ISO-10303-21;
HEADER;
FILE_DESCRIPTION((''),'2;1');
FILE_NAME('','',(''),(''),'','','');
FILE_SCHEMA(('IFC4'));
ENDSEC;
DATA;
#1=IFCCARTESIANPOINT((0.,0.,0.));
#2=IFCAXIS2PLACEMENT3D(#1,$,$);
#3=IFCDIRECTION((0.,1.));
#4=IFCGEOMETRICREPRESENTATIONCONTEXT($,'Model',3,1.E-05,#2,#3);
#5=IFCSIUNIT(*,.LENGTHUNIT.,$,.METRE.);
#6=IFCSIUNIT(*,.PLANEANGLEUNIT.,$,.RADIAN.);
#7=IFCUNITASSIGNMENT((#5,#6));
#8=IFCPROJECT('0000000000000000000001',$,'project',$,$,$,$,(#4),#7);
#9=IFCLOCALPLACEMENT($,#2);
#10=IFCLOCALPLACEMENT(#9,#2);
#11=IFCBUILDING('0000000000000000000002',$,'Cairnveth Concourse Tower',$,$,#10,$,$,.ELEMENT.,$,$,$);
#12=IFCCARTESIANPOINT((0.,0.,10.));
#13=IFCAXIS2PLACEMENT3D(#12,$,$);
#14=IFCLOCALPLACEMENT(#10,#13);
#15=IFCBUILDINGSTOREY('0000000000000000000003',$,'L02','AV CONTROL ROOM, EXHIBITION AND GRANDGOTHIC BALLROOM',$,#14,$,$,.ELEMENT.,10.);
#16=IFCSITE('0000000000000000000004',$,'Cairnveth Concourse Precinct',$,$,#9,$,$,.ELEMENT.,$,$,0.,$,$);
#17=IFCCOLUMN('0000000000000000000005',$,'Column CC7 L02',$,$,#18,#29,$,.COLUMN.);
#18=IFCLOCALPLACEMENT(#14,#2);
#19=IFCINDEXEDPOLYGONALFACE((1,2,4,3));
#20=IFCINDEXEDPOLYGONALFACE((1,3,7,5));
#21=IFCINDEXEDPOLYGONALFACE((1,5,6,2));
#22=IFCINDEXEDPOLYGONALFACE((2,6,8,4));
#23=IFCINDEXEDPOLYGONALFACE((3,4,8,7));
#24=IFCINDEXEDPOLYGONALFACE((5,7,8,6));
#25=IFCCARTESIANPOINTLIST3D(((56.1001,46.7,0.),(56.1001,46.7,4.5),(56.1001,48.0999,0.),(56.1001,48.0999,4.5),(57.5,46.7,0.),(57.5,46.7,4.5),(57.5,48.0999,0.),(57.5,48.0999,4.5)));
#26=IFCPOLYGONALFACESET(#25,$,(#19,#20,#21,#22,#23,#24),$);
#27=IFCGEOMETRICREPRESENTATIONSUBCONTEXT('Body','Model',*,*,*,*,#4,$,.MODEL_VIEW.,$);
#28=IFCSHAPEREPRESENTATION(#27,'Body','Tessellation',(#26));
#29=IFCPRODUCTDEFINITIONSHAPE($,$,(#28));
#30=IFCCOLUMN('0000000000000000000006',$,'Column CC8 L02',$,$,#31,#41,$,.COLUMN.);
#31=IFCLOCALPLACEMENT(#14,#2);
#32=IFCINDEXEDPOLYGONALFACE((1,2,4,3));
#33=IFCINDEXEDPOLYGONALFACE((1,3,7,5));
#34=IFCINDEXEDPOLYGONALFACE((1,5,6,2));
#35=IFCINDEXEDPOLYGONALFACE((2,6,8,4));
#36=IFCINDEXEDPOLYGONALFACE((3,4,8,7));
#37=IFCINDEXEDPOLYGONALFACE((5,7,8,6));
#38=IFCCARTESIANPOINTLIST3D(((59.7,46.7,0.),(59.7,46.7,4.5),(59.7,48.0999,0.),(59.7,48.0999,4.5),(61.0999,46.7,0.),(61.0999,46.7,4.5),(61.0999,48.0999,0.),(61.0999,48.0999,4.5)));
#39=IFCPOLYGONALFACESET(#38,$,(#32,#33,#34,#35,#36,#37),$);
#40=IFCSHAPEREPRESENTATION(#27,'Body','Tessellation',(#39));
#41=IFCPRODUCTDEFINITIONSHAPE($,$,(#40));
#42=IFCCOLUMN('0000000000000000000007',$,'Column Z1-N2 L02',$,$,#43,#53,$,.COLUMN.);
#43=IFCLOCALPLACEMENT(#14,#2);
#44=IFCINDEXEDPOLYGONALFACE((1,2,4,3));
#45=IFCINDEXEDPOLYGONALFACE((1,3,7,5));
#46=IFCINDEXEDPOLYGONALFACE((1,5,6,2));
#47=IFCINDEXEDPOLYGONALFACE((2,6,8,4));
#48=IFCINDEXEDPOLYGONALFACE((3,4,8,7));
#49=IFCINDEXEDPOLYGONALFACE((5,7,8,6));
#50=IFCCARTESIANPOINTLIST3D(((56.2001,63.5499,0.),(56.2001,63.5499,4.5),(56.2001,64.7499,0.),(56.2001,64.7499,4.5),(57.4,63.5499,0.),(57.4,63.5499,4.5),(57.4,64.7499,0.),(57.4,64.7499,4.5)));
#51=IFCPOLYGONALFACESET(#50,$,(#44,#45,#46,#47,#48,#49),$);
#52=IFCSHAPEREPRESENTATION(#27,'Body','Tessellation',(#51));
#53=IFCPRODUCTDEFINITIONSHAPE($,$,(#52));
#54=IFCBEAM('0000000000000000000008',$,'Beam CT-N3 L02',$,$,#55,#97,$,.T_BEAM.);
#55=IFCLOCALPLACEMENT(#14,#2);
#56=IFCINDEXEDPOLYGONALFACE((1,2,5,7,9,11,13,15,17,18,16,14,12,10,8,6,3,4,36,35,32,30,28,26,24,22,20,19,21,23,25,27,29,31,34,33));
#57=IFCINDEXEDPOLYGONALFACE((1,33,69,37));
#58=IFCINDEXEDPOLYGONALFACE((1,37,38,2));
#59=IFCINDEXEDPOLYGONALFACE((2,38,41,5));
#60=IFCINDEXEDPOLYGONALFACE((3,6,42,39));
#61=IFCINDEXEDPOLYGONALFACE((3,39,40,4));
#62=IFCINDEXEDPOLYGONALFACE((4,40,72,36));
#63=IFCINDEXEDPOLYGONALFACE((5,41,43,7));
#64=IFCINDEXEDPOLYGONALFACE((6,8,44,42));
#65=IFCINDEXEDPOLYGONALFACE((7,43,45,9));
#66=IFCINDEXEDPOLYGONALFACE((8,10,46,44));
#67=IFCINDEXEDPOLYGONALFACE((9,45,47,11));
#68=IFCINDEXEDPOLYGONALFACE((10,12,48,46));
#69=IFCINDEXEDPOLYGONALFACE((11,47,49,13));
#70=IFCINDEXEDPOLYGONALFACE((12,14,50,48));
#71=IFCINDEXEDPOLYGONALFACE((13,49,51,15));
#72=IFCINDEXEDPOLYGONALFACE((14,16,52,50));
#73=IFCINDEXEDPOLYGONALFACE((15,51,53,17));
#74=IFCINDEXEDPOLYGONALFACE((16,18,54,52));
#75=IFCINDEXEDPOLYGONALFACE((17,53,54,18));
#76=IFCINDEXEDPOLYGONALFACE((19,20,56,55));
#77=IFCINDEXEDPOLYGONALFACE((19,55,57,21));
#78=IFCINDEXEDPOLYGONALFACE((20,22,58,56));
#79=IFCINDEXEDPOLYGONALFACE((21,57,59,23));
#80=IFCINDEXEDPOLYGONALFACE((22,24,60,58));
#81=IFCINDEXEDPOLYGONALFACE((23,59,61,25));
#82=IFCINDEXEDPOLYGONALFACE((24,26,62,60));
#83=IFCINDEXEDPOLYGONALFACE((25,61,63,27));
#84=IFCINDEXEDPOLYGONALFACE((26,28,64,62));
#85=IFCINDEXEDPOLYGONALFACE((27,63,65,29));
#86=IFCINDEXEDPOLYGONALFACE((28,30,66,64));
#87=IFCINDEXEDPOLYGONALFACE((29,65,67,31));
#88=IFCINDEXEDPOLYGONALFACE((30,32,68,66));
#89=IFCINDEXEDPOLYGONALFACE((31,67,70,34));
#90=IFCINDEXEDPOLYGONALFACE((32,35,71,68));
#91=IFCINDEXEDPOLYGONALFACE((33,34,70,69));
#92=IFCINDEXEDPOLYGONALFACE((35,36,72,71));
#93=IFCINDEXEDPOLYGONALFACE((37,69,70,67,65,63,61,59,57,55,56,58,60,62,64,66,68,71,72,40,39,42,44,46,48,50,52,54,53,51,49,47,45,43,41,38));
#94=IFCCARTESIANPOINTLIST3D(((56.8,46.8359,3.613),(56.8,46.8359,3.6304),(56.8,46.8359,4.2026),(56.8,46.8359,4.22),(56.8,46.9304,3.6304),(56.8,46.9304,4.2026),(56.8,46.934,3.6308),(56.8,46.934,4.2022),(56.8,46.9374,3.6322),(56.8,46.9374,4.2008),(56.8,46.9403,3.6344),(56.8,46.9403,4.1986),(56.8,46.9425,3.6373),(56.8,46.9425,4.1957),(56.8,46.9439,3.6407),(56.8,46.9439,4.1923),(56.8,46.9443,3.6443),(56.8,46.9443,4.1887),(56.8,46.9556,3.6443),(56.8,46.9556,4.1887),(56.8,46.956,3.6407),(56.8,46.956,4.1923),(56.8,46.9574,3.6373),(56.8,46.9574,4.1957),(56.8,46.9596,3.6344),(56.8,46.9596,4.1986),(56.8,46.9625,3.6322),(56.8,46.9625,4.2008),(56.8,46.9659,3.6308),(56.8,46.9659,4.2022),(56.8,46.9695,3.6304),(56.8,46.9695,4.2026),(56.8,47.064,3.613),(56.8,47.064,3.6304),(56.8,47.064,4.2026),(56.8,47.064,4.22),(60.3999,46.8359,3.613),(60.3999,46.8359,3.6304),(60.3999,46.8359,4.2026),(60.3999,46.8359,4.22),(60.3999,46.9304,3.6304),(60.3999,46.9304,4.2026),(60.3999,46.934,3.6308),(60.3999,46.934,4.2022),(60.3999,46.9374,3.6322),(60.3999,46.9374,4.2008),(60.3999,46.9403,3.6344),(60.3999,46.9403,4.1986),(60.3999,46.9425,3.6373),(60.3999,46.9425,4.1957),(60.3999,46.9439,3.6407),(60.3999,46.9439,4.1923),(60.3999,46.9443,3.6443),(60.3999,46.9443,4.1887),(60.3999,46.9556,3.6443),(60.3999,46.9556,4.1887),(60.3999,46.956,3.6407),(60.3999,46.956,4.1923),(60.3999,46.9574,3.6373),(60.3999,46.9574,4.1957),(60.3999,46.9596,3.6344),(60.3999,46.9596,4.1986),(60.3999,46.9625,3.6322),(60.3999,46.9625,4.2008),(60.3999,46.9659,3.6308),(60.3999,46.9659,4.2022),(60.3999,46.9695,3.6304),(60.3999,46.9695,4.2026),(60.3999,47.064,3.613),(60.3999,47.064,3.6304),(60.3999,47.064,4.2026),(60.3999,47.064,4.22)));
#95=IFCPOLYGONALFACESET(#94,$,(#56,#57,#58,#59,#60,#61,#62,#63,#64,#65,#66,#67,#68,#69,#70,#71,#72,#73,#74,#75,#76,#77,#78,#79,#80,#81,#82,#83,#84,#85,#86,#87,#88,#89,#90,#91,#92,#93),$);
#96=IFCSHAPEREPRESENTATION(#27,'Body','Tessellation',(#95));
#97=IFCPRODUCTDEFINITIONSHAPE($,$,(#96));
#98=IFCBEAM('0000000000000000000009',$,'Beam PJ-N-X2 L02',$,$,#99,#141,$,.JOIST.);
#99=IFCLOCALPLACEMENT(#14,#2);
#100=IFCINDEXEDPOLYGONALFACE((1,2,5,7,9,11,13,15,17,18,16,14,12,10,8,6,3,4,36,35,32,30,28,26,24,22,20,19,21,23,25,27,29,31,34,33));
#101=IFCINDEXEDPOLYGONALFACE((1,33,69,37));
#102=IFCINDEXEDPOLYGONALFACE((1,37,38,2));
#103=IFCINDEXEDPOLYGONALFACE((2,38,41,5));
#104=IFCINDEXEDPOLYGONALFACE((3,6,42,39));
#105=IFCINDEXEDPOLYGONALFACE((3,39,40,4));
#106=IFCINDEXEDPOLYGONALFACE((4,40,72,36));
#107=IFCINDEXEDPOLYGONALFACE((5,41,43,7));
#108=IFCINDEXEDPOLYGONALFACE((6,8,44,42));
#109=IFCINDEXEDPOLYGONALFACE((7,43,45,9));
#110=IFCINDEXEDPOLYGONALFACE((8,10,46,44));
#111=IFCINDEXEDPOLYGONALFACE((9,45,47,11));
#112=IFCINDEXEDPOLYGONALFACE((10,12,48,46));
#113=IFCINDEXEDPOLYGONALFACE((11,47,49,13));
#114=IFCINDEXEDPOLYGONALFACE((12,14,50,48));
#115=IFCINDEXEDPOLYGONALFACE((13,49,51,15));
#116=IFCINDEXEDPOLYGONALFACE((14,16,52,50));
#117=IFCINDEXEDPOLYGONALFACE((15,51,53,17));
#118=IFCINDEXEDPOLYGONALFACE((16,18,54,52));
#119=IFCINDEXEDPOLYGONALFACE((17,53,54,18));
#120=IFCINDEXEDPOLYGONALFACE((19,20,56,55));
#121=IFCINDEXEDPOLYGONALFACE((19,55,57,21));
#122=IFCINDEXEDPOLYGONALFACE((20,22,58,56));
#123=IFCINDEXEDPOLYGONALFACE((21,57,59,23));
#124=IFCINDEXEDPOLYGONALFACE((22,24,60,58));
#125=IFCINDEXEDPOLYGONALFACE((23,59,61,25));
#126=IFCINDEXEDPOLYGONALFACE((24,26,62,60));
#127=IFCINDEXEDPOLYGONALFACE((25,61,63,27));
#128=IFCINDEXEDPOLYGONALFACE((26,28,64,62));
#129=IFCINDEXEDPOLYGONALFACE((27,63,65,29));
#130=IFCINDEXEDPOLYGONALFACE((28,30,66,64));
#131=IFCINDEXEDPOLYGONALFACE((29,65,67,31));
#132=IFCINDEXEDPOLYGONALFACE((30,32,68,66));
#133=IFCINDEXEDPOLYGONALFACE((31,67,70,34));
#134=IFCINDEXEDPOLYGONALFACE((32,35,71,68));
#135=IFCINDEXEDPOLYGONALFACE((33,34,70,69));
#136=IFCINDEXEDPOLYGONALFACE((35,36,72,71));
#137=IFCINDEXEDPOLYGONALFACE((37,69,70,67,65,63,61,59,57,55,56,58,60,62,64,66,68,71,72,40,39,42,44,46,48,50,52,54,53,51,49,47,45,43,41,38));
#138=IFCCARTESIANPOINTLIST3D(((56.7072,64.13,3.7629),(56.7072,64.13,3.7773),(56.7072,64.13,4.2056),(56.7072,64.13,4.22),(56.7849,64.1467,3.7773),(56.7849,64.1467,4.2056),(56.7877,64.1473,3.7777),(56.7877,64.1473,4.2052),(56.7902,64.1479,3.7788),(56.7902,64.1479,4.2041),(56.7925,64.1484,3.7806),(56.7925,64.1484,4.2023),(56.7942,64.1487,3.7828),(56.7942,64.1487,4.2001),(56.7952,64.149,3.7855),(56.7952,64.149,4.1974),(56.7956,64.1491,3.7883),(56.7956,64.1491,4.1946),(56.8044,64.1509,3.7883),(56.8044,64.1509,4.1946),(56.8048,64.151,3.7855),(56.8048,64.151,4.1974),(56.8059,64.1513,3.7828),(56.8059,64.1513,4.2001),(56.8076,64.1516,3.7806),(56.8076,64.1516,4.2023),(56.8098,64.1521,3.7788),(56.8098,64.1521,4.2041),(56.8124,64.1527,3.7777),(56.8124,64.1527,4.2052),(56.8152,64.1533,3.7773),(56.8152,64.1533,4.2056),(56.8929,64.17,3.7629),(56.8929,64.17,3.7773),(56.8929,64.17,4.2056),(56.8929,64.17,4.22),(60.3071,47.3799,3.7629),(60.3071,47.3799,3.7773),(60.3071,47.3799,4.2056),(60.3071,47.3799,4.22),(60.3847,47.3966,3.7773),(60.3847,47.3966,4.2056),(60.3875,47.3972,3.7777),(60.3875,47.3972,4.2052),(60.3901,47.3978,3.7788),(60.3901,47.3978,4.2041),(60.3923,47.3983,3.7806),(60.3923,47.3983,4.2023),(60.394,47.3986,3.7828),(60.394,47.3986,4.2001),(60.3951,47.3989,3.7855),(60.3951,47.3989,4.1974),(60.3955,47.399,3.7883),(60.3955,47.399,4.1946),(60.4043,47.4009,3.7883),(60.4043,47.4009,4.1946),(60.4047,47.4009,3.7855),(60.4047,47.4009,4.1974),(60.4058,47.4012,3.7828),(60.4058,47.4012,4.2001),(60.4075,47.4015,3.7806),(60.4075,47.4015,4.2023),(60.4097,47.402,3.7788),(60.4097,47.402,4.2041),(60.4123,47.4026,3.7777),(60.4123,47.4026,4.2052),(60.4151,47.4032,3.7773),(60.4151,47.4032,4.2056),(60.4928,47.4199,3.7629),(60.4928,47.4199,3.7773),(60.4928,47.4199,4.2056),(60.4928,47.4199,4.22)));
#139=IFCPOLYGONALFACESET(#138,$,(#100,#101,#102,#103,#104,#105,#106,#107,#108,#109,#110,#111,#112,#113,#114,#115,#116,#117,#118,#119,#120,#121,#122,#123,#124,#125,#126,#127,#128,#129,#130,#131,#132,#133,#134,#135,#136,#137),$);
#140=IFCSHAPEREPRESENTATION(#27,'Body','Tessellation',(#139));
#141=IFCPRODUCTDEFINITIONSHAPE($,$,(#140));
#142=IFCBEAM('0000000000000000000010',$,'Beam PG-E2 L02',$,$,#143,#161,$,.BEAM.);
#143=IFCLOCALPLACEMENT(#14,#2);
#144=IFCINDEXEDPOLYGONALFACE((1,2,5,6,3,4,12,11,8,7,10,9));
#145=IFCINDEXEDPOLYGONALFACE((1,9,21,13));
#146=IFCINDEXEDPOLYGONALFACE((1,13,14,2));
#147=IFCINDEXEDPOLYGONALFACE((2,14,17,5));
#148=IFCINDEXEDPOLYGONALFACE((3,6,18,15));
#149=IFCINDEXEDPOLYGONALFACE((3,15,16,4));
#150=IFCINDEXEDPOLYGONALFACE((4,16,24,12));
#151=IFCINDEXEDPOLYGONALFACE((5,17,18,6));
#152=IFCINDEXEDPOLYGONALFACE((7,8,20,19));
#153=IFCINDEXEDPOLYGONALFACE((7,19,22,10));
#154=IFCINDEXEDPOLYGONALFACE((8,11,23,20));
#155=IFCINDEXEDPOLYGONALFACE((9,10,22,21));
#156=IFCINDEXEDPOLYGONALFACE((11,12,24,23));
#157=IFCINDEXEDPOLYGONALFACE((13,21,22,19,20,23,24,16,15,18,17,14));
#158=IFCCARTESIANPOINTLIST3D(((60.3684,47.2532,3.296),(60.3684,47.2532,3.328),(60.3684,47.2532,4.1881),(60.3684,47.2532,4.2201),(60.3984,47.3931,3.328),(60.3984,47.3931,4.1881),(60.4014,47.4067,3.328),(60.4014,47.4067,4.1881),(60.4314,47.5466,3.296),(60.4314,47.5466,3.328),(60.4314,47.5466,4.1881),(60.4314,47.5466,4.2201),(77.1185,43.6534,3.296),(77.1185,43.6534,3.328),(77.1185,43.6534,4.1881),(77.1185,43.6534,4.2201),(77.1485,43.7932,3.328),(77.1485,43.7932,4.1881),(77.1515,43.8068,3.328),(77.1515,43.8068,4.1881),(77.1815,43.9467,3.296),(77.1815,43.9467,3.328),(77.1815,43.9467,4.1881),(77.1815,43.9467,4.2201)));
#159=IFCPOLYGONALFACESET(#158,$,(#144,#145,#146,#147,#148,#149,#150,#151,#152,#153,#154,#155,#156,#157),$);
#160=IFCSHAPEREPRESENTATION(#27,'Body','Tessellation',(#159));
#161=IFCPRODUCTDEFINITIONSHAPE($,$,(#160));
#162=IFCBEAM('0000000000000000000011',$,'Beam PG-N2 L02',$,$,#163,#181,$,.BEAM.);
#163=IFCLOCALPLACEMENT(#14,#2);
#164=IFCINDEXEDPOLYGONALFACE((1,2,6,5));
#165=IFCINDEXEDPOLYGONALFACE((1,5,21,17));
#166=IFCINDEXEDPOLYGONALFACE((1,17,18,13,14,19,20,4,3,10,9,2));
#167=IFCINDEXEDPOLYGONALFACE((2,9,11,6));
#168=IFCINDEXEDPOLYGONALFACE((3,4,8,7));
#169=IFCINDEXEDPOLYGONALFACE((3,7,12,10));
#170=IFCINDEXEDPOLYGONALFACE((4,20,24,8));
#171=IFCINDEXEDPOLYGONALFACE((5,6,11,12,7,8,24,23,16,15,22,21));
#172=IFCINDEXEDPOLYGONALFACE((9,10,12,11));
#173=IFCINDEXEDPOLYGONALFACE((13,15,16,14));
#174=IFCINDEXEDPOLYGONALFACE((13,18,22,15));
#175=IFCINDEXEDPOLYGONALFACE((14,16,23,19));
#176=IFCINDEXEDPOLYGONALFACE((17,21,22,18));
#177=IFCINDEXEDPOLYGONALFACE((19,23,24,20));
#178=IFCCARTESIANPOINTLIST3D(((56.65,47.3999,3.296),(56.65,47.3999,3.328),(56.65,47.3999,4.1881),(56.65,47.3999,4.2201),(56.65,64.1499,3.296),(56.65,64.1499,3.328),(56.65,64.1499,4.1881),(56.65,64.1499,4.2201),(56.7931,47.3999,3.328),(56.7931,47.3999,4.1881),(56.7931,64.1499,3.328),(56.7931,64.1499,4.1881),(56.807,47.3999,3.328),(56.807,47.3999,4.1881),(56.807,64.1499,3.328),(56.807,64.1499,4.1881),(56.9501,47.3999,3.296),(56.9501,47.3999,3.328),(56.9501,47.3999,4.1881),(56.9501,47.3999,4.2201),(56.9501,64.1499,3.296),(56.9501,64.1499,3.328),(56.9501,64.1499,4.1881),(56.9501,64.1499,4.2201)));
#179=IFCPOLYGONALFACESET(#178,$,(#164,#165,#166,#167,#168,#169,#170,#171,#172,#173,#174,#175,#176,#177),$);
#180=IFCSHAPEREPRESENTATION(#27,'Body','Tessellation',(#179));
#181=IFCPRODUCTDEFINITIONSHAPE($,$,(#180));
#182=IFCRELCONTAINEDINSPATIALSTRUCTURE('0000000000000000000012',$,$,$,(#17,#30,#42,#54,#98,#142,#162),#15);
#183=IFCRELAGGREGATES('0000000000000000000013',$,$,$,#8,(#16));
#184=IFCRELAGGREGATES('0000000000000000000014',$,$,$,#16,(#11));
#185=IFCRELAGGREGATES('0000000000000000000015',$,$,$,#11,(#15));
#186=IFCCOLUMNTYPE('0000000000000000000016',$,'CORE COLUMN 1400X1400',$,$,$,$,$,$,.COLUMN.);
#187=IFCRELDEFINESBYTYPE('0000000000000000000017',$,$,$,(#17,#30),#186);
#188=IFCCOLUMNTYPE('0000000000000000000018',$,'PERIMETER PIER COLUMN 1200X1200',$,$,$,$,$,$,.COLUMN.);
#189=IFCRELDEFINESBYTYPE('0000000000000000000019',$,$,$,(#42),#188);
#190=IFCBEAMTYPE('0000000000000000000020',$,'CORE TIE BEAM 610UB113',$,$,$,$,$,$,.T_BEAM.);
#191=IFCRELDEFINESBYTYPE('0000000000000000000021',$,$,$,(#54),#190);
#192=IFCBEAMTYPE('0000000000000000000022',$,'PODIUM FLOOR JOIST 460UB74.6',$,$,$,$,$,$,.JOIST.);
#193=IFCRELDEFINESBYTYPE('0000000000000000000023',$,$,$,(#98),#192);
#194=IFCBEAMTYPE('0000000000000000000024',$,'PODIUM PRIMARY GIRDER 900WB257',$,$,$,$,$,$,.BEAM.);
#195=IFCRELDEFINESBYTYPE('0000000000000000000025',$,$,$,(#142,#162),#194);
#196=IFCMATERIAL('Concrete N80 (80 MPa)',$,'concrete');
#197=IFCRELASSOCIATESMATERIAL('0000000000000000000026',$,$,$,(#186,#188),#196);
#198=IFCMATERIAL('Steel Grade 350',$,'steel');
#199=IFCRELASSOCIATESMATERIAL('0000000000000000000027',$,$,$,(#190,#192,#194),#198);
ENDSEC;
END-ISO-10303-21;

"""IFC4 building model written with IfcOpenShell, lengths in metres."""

from ifc_helpers import new_model, si_unit, direction, frame, origin, origin_2d, place, context, subcontext, project, spatial, rectangle, i_section, extrude, material, material_profile, profile_set, type_object, element, save


model = new_model("IFC4")

# Units and contexts
model_context = context("Model", 3, precision=1e-05, world=origin(), true_north=direction((0.0, 1.0)))
body_context = subcontext(model_context, "Body", "Model", "MODEL_VIEW")
ifc_project = project(units=[si_unit("LENGTHUNIT", "METRE"), si_unit("PLANEANGLEUNIT", "RADIAN")], contexts=[model_context])

# Site, building, storey
site_placement = place(None, origin())
site = spatial("IfcSite", under=ifc_project, at=site_placement, Name="Cairnveth Concourse Precinct", CompositionType="ELEMENT", RefElevation=0.0)
building_placement = place(site_placement, origin())
building = spatial("IfcBuilding", under=site, at=building_placement, Name="Cairnveth Concourse Tower", CompositionType="ELEMENT")
storey_placement = place(building_placement, frame((0.0, 0.0, 10.0)))
storey = spatial("IfcBuildingStorey", under=building, at=storey_placement, Name="L02", Description="AV CONTROL ROOM, EXHIBITION AND GRANDGOTHIC BALLROOM", CompositionType="ELEMENT", Elevation=10.0)

# Columns
ifc_material_1 = material(Name="Concrete N80 (80 MPa)", Category="concrete")
ifc_material_profile_1 = material_profile(ifc_material_1, rectangle(XDim=1.3999, YDim=1.3999, at=origin_2d()), Name="RC-COL-1400x1400")
ifc_profile_set_1 = profile_set([ifc_material_profile_1], Name="Concrete N80 (80 MPa)")
column_type_1 = type_object("IfcColumnType", Name="CORE COLUMN 1400X1400", PredefinedType="COLUMN", material=ifc_profile_set_1)
for number, where, z_axis, x_axis, name in (
    (1, (56.8, 47.3999, 0.0), (0.0, 0.0, 1.0), (1.0, 0.0, 0.0), "Column CC7 L02"),
    (2, (60.3999, 47.3999, 0.0), (0.0, 0.0, 1.0), (1.0, 0.0, 0.0), "Column CC8 L02"),
):
    element("IfcColumn", number, at=place(storey_placement, frame(where, z_axis=z_axis, x_axis=x_axis)), inside=storey, type_object=column_type_1, Name=name, PredefinedType="COLUMN", context=body_context, shape_type="SweptSolid", body=[
        extrude(rectangle(XDim=1.3999, YDim=1.3999, at=origin_2d()), origin(), (0.0, 0.0, 1.0), 4.5),
    ])
ifc_material_profile_2 = material_profile(ifc_material_1, rectangle(XDim=1.2, YDim=1.2, at=origin_2d()), Name="RC-COL-1200x1200")
ifc_profile_set_2 = profile_set([ifc_material_profile_2], Name="Concrete N80 (80 MPa)")
column_type_2 = type_object("IfcColumnType", Name="PERIMETER PIER COLUMN 1200X1200", PredefinedType="COLUMN", material=ifc_profile_set_2)
column_placement = place(storey_placement, frame((56.8, 64.1499, 0.0), z_axis=(0.0, 0.0, 1.0), x_axis=(1.0, 0.0, 0.0)))
element("IfcColumn", 3, at=column_placement, inside=storey, type_object=column_type_2, Name="Column Z1-N2 L02", PredefinedType="COLUMN", context=body_context, shape_type="SweptSolid", body=[
    extrude(rectangle(XDim=1.2, YDim=1.2, at=origin_2d()), origin(), (0.0, 0.0, 1.0), 4.5),
])

# Beams
ifc_material_2 = material(Name="Steel Grade 350", Category="steel")
ifc_material_profile_3 = material_profile(ifc_material_2, i_section(OverallWidth=0.228, OverallDepth=0.6069, WebThickness=0.0112, FlangeThickness=0.0173, FilletRadius=0.0139, at=origin_2d()), Name="610UB113")
ifc_profile_set_3 = profile_set([ifc_material_profile_3], Name="Steel Grade 350")
beam_type_1 = type_object("IfcBeamType", Name="CORE TIE BEAM 610UB113", PredefinedType="T_BEAM", material=ifc_profile_set_3)
beam_1_placement = place(storey_placement, frame((56.8, 46.95, 3.9165), z_axis=(1.0, 0.0, 0.0), x_axis=(0.0, 1.0, 0.0)))
element("IfcBeam", 4, at=beam_1_placement, inside=storey, type_object=beam_type_1, Name="Beam CT-N3 L02", PredefinedType="T_BEAM", context=body_context, shape_type="SweptSolid", body=[
    extrude(i_section(OverallWidth=0.228, OverallDepth=0.6069, WebThickness=0.0112, FlangeThickness=0.0173, FilletRadius=0.0139, at=origin_2d()), origin(), (0.0, 0.0, 1.0), 3.5999),
])
ifc_material_profile_4 = material_profile(ifc_material_2, i_section(OverallWidth=0.1899, OverallDepth=0.457, WebThickness=0.009, FlangeThickness=0.0144, FilletRadius=0.011, at=origin_2d()), Name="460UB74.6")
ifc_profile_set_4 = profile_set([ifc_material_profile_4], Name="Steel Grade 350")
beam_type_2 = type_object("IfcBeamType", Name="PODIUM FLOOR JOIST 460UB74.6", PredefinedType="JOIST", material=ifc_profile_set_4)
beam_2_placement = place(storey_placement, frame((60.3999, 47.3999, 3.9915), z_axis=(-0.210119, 0.977676, 0.0), x_axis=(-0.977676, -0.210119, 0.0)))
element("IfcBeam", 5, at=beam_2_placement, inside=storey, type_object=beam_type_2, Name="Beam PJ-N-X2 L02", PredefinedType="JOIST", context=body_context, shape_type="SweptSolid", body=[
    extrude(i_section(OverallWidth=0.1899, OverallDepth=0.457, WebThickness=0.009, FlangeThickness=0.0144, FilletRadius=0.011, at=origin_2d()), origin(), (0.0, 0.0, 1.0), 17.1326),
])
ifc_material_profile_5 = material_profile(ifc_material_2, i_section(OverallWidth=0.3, OverallDepth=0.9241, WebThickness=0.0139, FlangeThickness=0.032, at=origin_2d()), Name="900WB257")
ifc_profile_set_5 = profile_set([ifc_material_profile_5], Name="Steel Grade 350")
beam_type_3 = type_object("IfcBeamType", Name="PODIUM PRIMARY GIRDER 900WB257", PredefinedType="BEAM", material=ifc_profile_set_5)
beam_3_placement = place(storey_placement, frame((60.3999, 47.3999, 3.7581), z_axis=(0.977676, -0.210119, 0.0), x_axis=(0.210119, 0.977676, 0.0)))
element("IfcBeam", 6, at=beam_3_placement, inside=storey, type_object=beam_type_3, Name="Beam PG-E2 L02", PredefinedType="BEAM", context=body_context, shape_type="SweptSolid", body=[
    extrude(i_section(OverallWidth=0.3, OverallDepth=0.9241, WebThickness=0.0139, FlangeThickness=0.032, at=origin_2d()), origin(), (0.0, 0.0, 1.0), 17.1326),
])
beam_4_placement = place(storey_placement, frame((56.8, 47.3999, 3.7581), z_axis=(0.0, 1.0, 0.0), x_axis=(-1.0, 0.0, 0.0)))
element("IfcBeam", 7, at=beam_4_placement, inside=storey, type_object=beam_type_3, Name="Beam PG-N2 L02", PredefinedType="BEAM", context=body_context, shape_type="SweptSolid", body=[
    extrude(i_section(OverallWidth=0.3, OverallDepth=0.9241, WebThickness=0.0139, FlangeThickness=0.032, at=origin_2d()), origin(), (0.0, 0.0, 1.0), 16.75),
])

save(model, "model.ifc")
